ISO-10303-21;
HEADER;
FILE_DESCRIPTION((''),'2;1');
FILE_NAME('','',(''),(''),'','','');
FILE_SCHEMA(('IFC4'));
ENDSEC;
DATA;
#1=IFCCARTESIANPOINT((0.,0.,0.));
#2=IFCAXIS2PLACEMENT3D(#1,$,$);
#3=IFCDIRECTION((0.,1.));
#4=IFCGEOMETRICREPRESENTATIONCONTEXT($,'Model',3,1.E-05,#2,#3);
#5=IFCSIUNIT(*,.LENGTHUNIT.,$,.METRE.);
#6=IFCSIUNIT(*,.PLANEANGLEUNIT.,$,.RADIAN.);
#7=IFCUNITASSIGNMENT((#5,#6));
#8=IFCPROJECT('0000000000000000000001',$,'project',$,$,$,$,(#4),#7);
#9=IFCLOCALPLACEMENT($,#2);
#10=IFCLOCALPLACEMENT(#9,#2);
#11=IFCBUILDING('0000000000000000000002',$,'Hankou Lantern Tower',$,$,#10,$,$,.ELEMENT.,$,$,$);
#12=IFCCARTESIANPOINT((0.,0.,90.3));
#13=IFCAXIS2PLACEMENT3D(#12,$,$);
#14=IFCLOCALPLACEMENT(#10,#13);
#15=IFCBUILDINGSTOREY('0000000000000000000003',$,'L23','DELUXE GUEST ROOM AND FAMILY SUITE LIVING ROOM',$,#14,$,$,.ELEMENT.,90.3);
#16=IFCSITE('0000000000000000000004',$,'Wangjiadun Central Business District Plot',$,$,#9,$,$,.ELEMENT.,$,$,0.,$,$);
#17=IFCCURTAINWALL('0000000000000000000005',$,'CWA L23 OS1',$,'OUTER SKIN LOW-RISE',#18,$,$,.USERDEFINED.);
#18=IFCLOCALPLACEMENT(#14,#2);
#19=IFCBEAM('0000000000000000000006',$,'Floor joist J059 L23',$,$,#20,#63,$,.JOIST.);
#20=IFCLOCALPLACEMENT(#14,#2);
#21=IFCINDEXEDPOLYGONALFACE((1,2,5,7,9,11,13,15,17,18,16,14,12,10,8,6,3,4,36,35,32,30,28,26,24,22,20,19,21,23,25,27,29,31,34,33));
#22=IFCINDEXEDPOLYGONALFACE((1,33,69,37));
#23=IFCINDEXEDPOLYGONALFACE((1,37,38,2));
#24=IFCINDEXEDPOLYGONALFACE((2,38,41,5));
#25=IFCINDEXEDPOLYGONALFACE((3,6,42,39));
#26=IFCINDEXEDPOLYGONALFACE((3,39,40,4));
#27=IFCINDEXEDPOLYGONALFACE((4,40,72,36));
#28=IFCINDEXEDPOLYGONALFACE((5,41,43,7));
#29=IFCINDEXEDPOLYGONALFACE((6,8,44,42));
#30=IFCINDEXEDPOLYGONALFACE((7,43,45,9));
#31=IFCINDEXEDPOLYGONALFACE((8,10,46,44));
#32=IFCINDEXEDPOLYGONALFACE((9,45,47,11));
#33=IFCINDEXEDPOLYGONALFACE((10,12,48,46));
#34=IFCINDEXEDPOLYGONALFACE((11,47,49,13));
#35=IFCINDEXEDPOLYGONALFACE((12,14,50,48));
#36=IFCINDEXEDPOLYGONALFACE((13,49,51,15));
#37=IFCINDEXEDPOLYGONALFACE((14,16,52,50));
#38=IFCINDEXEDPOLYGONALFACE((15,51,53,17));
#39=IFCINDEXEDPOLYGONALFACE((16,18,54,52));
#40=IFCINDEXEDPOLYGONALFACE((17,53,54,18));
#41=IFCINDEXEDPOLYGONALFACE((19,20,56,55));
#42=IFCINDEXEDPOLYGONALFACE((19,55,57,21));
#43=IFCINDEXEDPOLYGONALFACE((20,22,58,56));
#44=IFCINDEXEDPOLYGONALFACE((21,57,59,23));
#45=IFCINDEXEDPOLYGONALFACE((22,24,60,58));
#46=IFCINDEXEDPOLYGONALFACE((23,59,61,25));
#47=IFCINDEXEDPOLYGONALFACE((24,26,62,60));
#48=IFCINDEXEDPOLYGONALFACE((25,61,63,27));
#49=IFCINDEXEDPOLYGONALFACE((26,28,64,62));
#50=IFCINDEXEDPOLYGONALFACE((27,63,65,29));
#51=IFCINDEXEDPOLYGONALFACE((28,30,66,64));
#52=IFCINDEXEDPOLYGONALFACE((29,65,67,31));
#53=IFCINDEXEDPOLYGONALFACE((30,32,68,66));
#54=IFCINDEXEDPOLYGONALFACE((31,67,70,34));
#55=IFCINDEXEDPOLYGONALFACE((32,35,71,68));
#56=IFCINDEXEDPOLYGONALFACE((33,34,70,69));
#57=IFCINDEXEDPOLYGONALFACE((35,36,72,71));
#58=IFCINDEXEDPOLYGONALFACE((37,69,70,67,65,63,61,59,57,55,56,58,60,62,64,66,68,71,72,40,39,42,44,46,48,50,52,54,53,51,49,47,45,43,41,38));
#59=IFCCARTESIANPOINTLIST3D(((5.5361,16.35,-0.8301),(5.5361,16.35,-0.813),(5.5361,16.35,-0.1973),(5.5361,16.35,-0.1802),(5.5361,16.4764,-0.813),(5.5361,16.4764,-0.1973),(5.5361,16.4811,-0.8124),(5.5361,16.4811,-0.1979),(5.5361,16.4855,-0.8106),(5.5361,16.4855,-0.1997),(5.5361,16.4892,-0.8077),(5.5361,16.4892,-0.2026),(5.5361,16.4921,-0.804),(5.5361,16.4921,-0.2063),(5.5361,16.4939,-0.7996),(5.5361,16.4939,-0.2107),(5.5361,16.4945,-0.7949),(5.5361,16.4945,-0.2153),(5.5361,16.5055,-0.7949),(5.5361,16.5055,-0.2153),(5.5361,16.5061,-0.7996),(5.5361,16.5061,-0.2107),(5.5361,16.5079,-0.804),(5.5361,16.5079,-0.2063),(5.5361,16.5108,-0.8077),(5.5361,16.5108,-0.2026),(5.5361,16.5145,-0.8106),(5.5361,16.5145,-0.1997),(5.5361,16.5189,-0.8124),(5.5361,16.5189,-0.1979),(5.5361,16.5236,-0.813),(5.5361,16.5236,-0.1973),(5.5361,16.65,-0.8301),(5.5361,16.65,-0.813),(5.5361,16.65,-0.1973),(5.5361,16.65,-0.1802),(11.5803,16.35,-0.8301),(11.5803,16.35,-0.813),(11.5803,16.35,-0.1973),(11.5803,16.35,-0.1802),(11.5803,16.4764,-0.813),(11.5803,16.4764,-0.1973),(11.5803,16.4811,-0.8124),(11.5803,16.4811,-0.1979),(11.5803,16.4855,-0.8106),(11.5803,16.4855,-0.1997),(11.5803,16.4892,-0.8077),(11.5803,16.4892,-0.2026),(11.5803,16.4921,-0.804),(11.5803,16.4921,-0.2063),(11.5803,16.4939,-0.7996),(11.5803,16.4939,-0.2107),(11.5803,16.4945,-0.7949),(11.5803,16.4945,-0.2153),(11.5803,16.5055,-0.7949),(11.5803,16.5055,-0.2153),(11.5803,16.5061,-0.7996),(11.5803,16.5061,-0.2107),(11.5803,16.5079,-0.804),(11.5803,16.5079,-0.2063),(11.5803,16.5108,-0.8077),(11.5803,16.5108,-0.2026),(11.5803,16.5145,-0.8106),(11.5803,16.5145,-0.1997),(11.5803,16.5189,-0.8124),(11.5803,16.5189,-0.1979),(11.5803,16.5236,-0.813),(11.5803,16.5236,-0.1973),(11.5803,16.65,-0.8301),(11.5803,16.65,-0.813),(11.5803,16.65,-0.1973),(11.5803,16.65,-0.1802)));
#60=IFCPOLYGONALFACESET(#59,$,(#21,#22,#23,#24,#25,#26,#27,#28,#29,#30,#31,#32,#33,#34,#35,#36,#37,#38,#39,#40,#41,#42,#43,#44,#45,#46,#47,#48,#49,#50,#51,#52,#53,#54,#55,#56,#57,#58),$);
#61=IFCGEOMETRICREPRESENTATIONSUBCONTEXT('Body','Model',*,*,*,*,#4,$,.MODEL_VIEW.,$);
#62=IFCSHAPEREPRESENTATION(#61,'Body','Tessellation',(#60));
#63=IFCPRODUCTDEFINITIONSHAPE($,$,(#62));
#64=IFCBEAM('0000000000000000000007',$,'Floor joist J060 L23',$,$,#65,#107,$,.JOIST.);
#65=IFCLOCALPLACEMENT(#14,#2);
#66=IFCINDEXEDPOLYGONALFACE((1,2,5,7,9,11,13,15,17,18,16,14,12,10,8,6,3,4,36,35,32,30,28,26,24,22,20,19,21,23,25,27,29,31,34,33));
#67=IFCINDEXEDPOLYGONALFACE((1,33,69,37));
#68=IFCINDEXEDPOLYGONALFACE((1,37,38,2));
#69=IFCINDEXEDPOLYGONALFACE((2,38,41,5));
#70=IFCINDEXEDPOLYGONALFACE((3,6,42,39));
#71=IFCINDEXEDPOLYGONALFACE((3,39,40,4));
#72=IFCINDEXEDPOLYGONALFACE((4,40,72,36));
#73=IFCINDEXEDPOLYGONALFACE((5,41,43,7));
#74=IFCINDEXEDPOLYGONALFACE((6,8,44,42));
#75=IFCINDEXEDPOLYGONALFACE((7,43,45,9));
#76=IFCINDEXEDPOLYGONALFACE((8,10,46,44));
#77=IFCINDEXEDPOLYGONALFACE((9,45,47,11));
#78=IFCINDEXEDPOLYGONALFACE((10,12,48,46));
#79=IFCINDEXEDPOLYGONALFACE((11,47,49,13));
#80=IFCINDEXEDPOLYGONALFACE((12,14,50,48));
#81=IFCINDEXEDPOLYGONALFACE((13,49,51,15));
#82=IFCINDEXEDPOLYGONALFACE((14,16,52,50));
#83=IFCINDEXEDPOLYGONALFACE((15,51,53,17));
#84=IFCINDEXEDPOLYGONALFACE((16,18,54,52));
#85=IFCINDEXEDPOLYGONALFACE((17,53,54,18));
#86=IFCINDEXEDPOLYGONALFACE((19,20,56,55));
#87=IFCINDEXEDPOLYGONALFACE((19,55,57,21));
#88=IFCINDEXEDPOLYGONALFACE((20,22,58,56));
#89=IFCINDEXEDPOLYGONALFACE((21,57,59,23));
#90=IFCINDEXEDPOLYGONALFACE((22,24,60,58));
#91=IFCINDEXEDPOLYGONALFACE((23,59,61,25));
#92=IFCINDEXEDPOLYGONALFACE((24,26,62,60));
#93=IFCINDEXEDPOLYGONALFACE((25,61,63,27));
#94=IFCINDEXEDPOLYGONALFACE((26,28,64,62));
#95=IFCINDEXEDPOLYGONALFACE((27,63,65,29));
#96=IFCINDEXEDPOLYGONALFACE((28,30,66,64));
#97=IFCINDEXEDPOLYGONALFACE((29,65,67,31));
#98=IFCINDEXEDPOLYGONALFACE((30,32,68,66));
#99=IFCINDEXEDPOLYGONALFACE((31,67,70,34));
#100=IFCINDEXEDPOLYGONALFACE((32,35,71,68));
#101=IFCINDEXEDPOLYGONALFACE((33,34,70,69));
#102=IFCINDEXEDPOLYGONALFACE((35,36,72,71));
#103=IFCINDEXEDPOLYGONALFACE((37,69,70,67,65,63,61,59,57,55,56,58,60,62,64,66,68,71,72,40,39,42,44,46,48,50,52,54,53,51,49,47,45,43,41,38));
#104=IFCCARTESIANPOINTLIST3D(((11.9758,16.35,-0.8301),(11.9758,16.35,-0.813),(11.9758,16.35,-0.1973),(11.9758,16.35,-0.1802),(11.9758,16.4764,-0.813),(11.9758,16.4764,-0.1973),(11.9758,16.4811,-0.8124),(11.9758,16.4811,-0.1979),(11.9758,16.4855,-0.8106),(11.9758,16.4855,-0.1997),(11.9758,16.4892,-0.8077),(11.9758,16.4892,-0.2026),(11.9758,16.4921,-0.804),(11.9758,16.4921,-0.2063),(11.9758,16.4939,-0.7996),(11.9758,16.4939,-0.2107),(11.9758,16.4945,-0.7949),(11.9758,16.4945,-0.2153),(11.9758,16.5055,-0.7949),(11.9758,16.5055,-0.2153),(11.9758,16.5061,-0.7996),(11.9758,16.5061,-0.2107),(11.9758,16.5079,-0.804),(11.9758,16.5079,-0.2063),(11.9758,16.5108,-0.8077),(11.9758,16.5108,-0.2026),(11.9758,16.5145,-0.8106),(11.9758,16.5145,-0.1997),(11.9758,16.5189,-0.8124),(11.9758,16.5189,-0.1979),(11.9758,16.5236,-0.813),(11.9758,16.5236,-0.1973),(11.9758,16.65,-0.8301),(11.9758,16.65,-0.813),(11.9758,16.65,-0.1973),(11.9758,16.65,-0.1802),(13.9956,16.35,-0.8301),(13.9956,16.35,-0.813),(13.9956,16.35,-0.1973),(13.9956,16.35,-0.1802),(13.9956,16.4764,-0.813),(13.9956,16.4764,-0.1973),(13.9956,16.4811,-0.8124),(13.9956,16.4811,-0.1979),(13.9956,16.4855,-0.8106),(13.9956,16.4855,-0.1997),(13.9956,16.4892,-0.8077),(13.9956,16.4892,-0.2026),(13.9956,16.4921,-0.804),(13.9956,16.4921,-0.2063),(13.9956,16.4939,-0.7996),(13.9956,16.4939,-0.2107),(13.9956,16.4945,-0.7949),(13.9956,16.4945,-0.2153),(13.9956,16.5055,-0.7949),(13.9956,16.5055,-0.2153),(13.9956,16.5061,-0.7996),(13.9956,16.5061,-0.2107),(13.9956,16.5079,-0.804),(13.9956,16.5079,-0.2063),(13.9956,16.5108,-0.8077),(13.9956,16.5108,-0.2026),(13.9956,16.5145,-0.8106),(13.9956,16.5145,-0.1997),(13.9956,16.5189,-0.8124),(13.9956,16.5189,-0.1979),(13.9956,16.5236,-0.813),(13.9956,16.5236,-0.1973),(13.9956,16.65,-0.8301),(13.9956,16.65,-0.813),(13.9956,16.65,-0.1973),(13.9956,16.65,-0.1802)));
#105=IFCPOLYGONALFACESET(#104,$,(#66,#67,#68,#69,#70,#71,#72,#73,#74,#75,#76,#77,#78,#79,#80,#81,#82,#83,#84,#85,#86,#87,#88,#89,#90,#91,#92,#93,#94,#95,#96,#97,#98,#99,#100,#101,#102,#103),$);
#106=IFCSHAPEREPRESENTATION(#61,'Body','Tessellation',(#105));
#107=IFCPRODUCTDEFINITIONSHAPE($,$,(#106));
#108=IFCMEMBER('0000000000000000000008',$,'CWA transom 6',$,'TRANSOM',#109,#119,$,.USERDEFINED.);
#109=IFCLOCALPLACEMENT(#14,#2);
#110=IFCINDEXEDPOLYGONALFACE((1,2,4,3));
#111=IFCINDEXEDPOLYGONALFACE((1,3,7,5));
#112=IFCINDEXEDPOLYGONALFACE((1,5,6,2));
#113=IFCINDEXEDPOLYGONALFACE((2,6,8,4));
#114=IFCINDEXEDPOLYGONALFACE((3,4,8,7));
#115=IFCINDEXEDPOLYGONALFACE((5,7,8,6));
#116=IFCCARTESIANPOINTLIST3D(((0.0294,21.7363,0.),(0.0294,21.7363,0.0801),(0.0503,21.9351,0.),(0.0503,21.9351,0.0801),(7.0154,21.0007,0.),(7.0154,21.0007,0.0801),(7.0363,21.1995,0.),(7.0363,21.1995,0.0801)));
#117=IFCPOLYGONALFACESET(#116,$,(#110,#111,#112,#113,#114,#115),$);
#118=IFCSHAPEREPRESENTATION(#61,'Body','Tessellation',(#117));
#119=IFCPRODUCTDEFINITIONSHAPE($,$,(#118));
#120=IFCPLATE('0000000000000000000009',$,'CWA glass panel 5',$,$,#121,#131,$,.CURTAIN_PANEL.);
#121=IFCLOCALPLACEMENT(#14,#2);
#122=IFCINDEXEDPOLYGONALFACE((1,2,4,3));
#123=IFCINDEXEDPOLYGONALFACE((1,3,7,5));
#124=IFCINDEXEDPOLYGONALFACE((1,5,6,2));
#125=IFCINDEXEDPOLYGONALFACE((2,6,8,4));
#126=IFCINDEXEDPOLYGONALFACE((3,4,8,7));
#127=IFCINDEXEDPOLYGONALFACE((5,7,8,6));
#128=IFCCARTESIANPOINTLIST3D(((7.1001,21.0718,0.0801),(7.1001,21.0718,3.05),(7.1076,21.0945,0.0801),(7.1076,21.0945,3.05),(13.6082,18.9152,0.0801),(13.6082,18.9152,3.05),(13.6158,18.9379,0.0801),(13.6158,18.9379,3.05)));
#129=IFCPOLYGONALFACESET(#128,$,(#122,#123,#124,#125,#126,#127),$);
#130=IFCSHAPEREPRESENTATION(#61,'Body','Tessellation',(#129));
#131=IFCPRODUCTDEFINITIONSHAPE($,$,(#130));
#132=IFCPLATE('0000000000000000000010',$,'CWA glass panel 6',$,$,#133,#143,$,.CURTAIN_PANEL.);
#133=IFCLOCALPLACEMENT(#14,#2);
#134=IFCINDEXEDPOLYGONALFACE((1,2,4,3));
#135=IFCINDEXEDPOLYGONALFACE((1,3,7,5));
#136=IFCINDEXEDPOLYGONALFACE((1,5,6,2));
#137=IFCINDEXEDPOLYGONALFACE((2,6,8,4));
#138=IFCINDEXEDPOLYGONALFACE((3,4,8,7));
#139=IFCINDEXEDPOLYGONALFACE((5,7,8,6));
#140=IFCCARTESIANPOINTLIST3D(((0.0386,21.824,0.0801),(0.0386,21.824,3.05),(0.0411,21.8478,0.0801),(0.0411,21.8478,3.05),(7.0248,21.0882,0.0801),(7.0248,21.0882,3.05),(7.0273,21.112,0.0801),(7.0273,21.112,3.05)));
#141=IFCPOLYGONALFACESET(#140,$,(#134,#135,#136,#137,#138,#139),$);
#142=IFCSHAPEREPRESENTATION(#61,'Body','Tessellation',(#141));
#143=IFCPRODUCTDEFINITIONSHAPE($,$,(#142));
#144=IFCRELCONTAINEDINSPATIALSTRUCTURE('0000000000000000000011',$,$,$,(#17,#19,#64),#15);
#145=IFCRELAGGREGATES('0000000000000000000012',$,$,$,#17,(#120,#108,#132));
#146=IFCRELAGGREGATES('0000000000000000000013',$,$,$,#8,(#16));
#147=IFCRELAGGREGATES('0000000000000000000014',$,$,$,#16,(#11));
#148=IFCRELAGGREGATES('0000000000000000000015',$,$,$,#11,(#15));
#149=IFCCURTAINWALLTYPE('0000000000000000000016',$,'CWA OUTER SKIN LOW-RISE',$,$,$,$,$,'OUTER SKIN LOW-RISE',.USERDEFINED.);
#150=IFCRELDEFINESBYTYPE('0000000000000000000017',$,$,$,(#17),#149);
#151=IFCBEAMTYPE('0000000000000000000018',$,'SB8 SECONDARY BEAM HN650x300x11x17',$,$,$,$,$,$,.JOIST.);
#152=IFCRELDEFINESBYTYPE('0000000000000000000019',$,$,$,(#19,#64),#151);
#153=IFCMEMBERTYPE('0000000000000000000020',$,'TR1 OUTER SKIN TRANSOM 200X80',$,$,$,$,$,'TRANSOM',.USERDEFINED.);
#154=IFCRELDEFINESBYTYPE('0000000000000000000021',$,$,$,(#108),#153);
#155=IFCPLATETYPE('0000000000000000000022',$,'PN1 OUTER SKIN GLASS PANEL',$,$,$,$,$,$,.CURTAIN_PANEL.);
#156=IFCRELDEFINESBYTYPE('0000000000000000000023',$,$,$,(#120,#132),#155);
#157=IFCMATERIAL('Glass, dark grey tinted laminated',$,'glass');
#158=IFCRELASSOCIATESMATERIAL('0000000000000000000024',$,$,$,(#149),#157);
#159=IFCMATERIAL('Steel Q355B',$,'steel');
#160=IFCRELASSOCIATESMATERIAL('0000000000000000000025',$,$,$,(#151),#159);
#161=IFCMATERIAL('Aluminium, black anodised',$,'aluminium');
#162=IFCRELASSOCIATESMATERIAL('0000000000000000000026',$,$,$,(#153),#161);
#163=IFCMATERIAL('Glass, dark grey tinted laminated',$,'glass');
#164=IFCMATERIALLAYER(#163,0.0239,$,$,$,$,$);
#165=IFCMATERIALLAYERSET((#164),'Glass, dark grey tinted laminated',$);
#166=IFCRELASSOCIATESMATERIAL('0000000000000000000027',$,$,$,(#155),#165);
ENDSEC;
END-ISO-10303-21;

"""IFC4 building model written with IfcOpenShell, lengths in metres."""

from ifc_helpers import new_model, si_unit, direction, frame, origin, origin_2d, place, context, subcontext, project, spatial, rectangle, i_section, extrude, material, layer, layer_set, material_profile, profile_set, type_object, element, aggregate, save


model = new_model("IFC4")

# Units and contexts
model_context = context("Model", 3, precision=1e-05, world=origin(), true_north=direction((0.0, 1.0)))
body_context = subcontext(model_context, "Body", "Model", "MODEL_VIEW")
ifc_project = project(units=[si_unit("LENGTHUNIT", "METRE"), si_unit("PLANEANGLEUNIT", "RADIAN")], contexts=[model_context])

# Site, building, storey
site_placement = place(None, origin())
site = spatial("IfcSite", under=ifc_project, at=site_placement, Name="Wangjiadun Central Business District Plot", CompositionType="ELEMENT", RefElevation=0.0)
building_placement = place(site_placement, origin())
building = spatial("IfcBuilding", under=site, at=building_placement, Name="Hankou Lantern Tower", CompositionType="ELEMENT")
storey_placement = place(building_placement, frame((0.0, 0.0, 90.3)))
storey = spatial("IfcBuildingStorey", under=building, at=storey_placement, Name="L23", Description="DELUXE GUEST ROOM AND FAMILY SUITE LIVING ROOM", CompositionType="ELEMENT", Elevation=90.3)

# Curtain wall
ifc_material_1 = material(Name="Glass, dark grey tinted laminated", Category="glass")
curtain_wall_type = type_object("IfcCurtainWallType", Name="CWA OUTER SKIN LOW-RISE", ElementType="OUTER SKIN LOW-RISE", PredefinedType="USERDEFINED", material=ifc_material_1)
curtain_wall_1_placement = place(storey_placement, origin())
curtain_wall_1 = element("IfcCurtainWall", 1, at=curtain_wall_1_placement, inside=storey, type_object=curtain_wall_type, Name="CWA L23 OS1", ObjectType="OUTER SKIN LOW-RISE", PredefinedType="USERDEFINED")

# Beams
ifc_material_2 = material(Name="Steel Q355B", Category="steel")
ifc_material_profile_1 = material_profile(ifc_material_2, i_section(OverallWidth=0.3, OverallDepth=0.6499, WebThickness=0.011, FlangeThickness=0.0171, FilletRadius=0.0181, at=origin_2d()), Name="HN650x300x11x17")
ifc_profile_set_1 = profile_set([ifc_material_profile_1], Name="Steel Q355B")
beam_type_1 = type_object("IfcBeamType", Name="SB8 SECONDARY BEAM HN650x300x11x17", PredefinedType="JOIST", material=ifc_profile_set_1)
beam_1_placement = place(storey_placement, frame((5.5361, 16.5, -0.5051), z_axis=(1.0, 0.0, 0.0), x_axis=(0.0, 1.0, 0.0)))
element("IfcBeam", 2, at=beam_1_placement, inside=storey, type_object=beam_type_1, Name="Floor joist J059 L23", PredefinedType="JOIST", context=body_context, shape_type="SweptSolid", body=[
    extrude(i_section(OverallWidth=0.3, OverallDepth=0.6499, WebThickness=0.011, FlangeThickness=0.0171, FilletRadius=0.0181, at=origin_2d()), origin(), (0.0, 0.0, 1.0), 6.0442),
])
beam_2_placement = place(storey_placement, frame((11.9758, 16.5, -0.5051), z_axis=(1.0, 0.0, 0.0), x_axis=(0.0, 1.0, 0.0)))
element("IfcBeam", 3, at=beam_2_placement, inside=storey, type_object=beam_type_1, Name="Floor joist J060 L23", PredefinedType="JOIST", context=body_context, shape_type="SweptSolid", body=[
    extrude(i_section(OverallWidth=0.3, OverallDepth=0.6499, WebThickness=0.011, FlangeThickness=0.0171, FilletRadius=0.0181, at=origin_2d()), origin(), (0.0, 0.0, 1.0), 2.0198),
])

# Member
ifc_material_3 = material(Name="Aluminium, black anodised", Category="aluminium")
ifc_material_profile_2 = material_profile(ifc_material_3, rectangle(XDim=0.2, YDim=0.0801, at=origin_2d()), Name="TR1 200X80")
ifc_profile_set_2 = profile_set([ifc_material_profile_2], Name="Aluminium, black anodised")
member_type_1 = type_object("IfcMemberType", Name="TR1 OUTER SKIN TRANSOM 200X80", ElementType="TRANSOM", PredefinedType="USERDEFINED", material=ifc_profile_set_2)
member_1_placement = place(storey_placement, frame((7.0259, 21.1001, 0.04), z_axis=(-0.994502, 0.104716, 0.0), x_axis=(-0.104716, -0.994502, 0.0)))
member_1 = element("IfcMember", 4, at=member_1_placement, type_object=member_type_1, Name="CWA transom 6", ObjectType="TRANSOM", PredefinedType="USERDEFINED", context=body_context, shape_type="SweptSolid", body=[
    extrude(rectangle(XDim=0.2, YDim=0.0801, at=origin_2d()), origin(), (0.0, 0.0, 1.0), 7.0247),
])

# Plates
ifc_material_4 = material(Name="Glass, dark grey tinted laminated", Category="glass")
ifc_layer_1 = layer(ifc_material_4, 0.0239)
ifc_layer_set_1 = layer_set([ifc_layer_1], Name="Glass, dark grey tinted laminated")
plate_type = type_object("IfcPlateType", Name="PN1 OUTER SKIN GLASS PANEL", PredefinedType="CURTAIN_PANEL", material=ifc_layer_set_1)
plate_1_placement = place(storey_placement, frame((10.3579, 20.0049, 0.0801), z_axis=(0.0, 0.0, 1.0), x_axis=(-0.949241, 0.314551, 0.0)))
plate_1 = element("IfcPlate", 5, at=plate_1_placement, type_object=plate_type, Name="CWA glass panel 5", PredefinedType="CURTAIN_PANEL", context=body_context, shape_type="SweptSolid", body=[
    extrude(rectangle(XDim=6.8562, YDim=0.0239, at=origin_2d()), origin(), (0.0, 0.0, 1.0), 2.97),
])
plate_2_placement = place(storey_placement, frame((3.533, 21.468, 0.0801), z_axis=(0.0, 0.0, 1.0), x_axis=(-0.994499, 0.104743, 0.0)))
plate_2 = element("IfcPlate", 6, at=plate_2_placement, type_object=plate_type, Name="CWA glass panel 6", PredefinedType="CURTAIN_PANEL", context=body_context, shape_type="SweptSolid", body=[
    extrude(rectangle(XDim=7.0249, YDim=0.0239, at=origin_2d()), origin(), (0.0, 0.0, 1.0), 2.97),
])
aggregate(curtain_wall_1, [plate_1, member_1, plate_2])

save(model, "model.ifc")
